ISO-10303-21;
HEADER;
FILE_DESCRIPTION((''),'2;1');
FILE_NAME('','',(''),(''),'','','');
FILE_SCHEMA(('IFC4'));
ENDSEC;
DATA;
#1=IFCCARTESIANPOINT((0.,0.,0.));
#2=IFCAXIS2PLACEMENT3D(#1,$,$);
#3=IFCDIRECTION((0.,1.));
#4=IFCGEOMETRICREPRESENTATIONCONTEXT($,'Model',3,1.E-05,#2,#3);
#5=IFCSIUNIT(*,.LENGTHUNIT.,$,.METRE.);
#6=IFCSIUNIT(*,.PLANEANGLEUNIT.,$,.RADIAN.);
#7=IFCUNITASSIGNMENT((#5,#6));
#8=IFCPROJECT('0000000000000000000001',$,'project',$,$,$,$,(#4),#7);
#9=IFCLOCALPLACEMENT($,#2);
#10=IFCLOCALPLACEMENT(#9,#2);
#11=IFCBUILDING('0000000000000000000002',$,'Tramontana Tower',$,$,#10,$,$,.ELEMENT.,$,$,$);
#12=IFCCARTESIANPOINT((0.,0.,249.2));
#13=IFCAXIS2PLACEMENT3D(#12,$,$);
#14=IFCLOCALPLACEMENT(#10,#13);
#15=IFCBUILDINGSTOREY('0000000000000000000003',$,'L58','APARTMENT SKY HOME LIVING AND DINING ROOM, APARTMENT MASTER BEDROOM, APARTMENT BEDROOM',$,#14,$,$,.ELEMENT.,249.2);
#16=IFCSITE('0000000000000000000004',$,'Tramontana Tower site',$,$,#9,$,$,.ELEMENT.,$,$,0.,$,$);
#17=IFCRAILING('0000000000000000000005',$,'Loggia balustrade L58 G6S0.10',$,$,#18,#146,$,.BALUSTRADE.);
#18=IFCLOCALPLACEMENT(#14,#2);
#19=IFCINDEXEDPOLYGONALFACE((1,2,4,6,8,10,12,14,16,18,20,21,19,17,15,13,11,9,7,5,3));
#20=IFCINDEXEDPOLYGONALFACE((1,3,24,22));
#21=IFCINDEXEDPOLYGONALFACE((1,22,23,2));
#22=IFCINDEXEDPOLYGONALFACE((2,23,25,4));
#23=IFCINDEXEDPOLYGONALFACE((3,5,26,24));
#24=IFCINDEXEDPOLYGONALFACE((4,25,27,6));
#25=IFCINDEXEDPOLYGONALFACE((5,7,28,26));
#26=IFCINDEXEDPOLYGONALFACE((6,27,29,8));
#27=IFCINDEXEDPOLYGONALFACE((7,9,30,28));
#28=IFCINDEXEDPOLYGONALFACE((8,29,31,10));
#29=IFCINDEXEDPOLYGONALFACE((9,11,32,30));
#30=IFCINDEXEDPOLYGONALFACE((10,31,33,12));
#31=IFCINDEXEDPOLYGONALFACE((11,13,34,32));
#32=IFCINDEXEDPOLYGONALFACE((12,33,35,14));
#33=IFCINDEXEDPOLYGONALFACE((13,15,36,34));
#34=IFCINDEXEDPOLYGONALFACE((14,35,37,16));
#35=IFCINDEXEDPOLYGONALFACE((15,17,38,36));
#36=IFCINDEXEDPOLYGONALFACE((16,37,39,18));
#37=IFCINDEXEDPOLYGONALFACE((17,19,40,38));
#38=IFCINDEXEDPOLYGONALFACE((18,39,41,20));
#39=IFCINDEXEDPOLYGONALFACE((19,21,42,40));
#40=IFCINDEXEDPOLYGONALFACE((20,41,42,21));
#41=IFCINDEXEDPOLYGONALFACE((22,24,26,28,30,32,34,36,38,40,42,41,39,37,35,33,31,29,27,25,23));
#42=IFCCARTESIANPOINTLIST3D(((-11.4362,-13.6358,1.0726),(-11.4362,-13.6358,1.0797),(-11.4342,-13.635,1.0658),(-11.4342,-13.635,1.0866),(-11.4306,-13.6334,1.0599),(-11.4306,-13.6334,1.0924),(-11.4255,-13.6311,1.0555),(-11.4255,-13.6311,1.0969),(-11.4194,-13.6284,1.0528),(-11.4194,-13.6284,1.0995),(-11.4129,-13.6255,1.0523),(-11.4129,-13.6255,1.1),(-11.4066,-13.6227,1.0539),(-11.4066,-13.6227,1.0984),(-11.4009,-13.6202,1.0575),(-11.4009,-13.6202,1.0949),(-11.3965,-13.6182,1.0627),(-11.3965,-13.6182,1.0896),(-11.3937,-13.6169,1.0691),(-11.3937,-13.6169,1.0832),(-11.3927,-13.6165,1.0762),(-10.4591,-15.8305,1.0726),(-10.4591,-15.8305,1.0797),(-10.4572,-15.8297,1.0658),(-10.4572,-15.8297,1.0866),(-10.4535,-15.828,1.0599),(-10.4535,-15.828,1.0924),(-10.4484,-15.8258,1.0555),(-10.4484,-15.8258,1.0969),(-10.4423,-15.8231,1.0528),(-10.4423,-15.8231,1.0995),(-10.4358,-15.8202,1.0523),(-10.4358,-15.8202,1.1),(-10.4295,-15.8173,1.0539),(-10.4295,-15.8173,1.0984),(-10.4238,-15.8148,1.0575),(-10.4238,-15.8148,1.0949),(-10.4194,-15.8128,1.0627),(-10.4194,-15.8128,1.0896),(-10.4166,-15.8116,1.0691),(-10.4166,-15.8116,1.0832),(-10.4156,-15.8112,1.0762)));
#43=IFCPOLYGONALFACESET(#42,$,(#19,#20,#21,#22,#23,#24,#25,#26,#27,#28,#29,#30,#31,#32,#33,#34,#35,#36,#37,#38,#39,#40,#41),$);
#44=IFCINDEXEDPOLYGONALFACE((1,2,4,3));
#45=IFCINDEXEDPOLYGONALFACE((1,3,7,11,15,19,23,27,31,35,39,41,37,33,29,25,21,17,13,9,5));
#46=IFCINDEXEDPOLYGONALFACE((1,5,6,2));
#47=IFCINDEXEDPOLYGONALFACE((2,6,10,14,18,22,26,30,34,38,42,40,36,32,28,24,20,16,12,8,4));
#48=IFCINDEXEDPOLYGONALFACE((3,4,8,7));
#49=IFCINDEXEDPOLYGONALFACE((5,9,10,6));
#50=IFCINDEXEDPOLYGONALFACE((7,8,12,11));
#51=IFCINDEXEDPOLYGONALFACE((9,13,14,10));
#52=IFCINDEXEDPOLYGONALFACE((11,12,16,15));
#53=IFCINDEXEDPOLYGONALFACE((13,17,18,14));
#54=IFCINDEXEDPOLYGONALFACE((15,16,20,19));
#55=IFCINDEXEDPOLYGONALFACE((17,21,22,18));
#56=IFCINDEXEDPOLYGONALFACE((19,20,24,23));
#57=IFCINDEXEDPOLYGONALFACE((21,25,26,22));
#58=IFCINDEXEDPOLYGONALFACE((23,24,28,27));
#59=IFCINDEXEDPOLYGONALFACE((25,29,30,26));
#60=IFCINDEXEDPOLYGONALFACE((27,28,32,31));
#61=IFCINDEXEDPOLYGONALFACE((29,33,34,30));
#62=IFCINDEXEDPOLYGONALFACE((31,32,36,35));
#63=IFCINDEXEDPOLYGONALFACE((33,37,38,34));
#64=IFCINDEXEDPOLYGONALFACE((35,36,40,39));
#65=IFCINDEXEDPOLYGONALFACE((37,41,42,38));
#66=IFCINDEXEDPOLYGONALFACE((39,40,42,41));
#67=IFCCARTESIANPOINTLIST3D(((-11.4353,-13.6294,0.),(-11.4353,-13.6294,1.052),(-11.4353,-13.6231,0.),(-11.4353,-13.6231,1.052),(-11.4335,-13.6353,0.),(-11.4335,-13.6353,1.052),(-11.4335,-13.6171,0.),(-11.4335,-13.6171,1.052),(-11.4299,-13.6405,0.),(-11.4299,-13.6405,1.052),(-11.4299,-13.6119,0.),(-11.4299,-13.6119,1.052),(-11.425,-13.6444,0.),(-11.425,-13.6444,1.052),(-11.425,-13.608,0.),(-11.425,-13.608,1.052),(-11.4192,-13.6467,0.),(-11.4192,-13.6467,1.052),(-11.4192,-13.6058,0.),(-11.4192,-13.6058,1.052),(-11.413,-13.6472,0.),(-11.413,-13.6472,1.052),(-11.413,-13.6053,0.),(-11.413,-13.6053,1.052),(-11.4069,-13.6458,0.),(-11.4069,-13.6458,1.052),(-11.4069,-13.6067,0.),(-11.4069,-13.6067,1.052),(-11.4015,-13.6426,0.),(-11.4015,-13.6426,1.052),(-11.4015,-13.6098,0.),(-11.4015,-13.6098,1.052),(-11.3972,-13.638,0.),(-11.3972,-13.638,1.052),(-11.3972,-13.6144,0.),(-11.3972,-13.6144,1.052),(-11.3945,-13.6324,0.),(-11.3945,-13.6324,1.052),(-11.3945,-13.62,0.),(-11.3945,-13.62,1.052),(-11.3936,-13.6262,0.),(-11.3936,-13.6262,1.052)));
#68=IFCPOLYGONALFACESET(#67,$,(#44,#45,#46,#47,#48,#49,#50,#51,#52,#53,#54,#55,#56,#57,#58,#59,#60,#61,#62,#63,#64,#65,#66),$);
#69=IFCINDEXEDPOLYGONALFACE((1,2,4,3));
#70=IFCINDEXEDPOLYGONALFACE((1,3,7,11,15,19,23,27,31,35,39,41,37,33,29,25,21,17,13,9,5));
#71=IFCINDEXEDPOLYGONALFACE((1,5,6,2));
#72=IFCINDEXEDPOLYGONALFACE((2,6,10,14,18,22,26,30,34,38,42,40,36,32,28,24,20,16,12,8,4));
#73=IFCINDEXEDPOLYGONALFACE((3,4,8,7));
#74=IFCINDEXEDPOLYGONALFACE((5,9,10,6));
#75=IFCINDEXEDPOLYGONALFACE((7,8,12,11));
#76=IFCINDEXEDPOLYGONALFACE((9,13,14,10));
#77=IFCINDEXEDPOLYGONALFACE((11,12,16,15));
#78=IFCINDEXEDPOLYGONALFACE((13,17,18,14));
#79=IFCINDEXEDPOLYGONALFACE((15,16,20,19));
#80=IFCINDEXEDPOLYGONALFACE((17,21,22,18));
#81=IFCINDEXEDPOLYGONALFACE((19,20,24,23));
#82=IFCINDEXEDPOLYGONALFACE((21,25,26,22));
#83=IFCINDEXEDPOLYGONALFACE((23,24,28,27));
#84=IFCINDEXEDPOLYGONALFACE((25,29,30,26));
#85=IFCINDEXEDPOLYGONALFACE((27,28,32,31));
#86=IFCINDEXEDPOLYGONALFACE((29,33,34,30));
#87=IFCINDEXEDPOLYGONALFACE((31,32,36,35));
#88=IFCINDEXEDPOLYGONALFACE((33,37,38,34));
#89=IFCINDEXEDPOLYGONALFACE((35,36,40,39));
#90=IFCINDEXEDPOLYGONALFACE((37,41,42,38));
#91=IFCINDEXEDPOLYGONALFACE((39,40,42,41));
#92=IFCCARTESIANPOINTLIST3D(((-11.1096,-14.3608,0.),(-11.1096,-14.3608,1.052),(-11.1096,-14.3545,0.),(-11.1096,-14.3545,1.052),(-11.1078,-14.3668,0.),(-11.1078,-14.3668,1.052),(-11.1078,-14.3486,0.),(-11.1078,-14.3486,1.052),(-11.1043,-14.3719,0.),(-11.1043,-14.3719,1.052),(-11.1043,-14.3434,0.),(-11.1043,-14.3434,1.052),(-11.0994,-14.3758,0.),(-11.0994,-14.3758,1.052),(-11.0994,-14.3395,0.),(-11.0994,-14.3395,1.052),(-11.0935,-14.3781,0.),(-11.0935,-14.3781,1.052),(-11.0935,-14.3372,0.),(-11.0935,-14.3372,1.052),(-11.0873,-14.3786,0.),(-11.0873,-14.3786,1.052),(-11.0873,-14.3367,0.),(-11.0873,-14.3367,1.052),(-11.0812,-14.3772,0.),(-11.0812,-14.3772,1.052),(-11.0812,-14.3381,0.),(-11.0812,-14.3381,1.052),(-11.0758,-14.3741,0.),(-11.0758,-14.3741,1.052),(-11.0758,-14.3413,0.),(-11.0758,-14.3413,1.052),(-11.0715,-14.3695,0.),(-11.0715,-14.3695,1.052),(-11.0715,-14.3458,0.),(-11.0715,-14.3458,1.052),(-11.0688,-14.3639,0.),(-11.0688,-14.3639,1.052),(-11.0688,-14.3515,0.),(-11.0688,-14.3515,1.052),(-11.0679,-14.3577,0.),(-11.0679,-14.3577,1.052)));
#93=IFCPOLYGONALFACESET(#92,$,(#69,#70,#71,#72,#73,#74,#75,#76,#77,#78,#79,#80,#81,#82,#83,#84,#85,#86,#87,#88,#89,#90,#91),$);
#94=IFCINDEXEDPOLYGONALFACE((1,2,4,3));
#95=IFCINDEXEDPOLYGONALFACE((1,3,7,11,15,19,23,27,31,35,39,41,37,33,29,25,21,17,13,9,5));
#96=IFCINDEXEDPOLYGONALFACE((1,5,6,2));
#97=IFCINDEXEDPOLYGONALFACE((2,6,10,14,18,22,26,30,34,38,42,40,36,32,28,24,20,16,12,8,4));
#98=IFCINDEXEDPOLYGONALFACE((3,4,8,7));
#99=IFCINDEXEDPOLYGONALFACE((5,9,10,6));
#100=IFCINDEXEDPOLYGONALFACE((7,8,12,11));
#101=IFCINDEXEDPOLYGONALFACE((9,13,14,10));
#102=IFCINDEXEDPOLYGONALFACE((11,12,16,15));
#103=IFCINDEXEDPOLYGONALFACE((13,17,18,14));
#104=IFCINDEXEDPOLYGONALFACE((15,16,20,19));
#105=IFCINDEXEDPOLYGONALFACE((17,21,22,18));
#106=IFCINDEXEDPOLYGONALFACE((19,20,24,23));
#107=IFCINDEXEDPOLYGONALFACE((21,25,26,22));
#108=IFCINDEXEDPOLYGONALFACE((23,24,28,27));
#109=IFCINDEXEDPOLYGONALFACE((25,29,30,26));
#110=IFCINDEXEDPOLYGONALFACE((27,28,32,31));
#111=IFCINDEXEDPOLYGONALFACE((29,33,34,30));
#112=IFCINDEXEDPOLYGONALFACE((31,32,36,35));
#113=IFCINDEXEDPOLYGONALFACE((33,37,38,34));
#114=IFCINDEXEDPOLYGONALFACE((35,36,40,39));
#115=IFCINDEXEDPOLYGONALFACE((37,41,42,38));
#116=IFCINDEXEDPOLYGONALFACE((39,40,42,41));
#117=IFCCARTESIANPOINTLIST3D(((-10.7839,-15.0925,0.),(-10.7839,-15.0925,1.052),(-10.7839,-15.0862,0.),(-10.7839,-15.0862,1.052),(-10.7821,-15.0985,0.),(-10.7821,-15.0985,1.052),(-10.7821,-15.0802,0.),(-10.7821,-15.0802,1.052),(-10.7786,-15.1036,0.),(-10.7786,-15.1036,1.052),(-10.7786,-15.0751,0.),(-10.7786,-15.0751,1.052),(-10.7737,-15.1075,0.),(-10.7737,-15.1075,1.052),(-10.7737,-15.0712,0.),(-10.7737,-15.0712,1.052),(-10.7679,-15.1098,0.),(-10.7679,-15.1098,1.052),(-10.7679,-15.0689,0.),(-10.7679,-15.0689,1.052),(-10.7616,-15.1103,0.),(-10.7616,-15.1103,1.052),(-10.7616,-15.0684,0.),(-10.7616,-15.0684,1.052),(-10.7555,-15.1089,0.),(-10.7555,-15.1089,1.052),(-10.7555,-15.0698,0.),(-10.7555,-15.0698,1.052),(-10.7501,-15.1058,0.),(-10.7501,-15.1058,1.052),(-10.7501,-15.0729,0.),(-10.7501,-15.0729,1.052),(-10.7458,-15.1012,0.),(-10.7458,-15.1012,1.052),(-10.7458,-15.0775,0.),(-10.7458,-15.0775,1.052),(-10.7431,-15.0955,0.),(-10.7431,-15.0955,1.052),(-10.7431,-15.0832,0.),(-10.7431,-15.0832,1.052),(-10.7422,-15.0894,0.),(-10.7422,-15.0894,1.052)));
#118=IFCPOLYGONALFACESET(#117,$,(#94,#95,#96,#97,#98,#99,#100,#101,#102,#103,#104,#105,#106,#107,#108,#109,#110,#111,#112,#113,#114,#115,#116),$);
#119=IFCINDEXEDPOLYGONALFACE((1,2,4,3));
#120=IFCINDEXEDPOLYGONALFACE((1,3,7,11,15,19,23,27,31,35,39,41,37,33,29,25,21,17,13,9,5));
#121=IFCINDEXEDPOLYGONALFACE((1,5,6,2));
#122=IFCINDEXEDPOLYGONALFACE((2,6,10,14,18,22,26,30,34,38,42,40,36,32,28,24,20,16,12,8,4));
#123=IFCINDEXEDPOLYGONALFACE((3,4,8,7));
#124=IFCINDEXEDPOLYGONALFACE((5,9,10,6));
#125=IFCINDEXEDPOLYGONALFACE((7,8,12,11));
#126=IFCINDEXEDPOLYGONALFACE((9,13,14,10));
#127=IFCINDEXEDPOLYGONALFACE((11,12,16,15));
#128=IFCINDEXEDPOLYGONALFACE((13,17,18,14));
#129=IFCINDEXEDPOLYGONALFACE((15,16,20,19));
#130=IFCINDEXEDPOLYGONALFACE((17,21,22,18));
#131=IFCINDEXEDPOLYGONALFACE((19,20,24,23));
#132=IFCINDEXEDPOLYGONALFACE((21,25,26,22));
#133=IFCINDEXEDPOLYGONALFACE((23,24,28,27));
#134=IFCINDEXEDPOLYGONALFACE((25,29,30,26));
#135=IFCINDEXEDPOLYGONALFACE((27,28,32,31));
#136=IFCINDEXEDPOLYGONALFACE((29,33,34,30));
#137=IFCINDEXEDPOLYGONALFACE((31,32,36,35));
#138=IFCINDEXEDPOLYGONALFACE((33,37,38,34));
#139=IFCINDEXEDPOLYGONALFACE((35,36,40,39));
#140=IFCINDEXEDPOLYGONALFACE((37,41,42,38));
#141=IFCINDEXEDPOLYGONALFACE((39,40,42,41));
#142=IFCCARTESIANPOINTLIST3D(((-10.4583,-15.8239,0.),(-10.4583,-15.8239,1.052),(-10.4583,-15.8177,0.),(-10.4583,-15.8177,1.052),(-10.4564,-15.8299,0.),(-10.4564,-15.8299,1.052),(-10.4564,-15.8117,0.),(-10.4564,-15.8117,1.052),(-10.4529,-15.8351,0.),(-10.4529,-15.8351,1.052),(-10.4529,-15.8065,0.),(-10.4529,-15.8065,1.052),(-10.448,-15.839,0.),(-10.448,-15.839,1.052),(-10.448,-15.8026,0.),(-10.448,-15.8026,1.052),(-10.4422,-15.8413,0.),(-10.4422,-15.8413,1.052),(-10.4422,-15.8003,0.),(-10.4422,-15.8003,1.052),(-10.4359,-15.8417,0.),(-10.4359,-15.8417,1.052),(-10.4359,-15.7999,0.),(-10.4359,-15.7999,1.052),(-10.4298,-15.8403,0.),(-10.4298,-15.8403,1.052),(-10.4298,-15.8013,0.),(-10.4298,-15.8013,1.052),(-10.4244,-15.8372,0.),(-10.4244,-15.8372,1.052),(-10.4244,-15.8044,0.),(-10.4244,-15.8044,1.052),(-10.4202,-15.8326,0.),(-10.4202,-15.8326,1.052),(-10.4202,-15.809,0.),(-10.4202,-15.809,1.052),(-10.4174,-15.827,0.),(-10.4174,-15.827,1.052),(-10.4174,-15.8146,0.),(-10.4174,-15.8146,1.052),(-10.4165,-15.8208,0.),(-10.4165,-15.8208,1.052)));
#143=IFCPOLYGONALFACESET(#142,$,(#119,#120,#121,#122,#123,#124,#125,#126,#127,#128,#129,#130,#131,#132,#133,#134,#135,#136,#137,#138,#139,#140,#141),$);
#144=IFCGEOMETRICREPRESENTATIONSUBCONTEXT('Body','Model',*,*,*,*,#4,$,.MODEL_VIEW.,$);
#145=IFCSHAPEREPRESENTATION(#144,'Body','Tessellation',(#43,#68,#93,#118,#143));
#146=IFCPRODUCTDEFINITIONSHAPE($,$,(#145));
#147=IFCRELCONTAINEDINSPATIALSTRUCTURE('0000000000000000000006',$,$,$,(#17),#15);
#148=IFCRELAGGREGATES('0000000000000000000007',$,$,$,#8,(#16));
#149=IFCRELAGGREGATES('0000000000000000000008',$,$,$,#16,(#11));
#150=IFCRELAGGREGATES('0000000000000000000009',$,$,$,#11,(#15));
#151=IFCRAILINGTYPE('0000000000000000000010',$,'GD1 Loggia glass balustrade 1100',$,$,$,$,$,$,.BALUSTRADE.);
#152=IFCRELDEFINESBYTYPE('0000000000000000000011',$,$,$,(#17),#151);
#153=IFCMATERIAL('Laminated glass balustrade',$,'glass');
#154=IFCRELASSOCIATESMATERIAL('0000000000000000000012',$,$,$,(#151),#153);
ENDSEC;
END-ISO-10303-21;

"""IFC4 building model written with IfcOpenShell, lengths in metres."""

from ifc_helpers import new_model, si_unit, direction, frame, origin, origin_2d, place, context, subcontext, project, spatial, circle, extrude, material, type_object, element, save


model = new_model("IFC4")

# Units and contexts
model_context = context("Model", 3, precision=1e-05, world=origin(), true_north=direction((0.0, 1.0)))
body_context = subcontext(model_context, "Body", "Model", "MODEL_VIEW")
ifc_project = project(units=[si_unit("LENGTHUNIT", "METRE"), si_unit("PLANEANGLEUNIT", "RADIAN")], contexts=[model_context])

# Site, building, storey
site_placement = place(None, origin())
site = spatial("IfcSite", under=ifc_project, at=site_placement, Name="Tramontana Tower site", CompositionType="ELEMENT", RefElevation=0.0)
building_placement = place(site_placement, origin())
building = spatial("IfcBuilding", under=site, at=building_placement, Name="Tramontana Tower", CompositionType="ELEMENT")
storey_placement = place(building_placement, frame((0.0, 0.0, 249.2)))
storey = spatial("IfcBuildingStorey", under=building, at=storey_placement, Name="L58", Description="APARTMENT SKY HOME LIVING AND DINING ROOM, APARTMENT MASTER BEDROOM, APARTMENT BEDROOM", CompositionType="ELEMENT", Elevation=249.2)

# Railing
ifc_material_1 = material(Name="Laminated glass balustrade", Category="glass")
railing_type = type_object("IfcRailingType", Name="GD1 Loggia glass balustrade 1100", PredefinedType="BALUSTRADE", material=ifc_material_1)
railing_placement = place(storey_placement, frame((-11.4146, -13.6262, 0.0)))
element("IfcRailing", 1, at=railing_placement, inside=storey, type_object=railing_type, Name="Loggia balustrade L58 G6S0.10", PredefinedType="BALUSTRADE", context=body_context, shape_type="SweptSolid", body=[
    extrude(circle(Radius=0.0239, at=origin_2d()), frame((0.0, 0.0, 1.0762), z_axis=(0.406723, -0.913552, 0.0), x_axis=(0.913552, 0.406723, 0.0)), (0.0, 0.0, 1.0), 2.4023),
    extrude(circle(Radius=0.021, at=origin_2d()), origin(), (0.0, 0.0, 1.0), 1.052),
    extrude(circle(Radius=0.021, at=origin_2d()), frame((0.3257, -0.7314, 0.0)), (0.0, 0.0, 1.0), 1.052),
    extrude(circle(Radius=0.021, at=origin_2d()), frame((0.6514, -1.4631, 0.0)), (0.0, 0.0, 1.0), 1.052),
    extrude(circle(Radius=0.021, at=origin_2d()), frame((0.9771, -2.1946, 0.0)), (0.0, 0.0, 1.0), 1.052),
])

save(model, "model.ifc")
